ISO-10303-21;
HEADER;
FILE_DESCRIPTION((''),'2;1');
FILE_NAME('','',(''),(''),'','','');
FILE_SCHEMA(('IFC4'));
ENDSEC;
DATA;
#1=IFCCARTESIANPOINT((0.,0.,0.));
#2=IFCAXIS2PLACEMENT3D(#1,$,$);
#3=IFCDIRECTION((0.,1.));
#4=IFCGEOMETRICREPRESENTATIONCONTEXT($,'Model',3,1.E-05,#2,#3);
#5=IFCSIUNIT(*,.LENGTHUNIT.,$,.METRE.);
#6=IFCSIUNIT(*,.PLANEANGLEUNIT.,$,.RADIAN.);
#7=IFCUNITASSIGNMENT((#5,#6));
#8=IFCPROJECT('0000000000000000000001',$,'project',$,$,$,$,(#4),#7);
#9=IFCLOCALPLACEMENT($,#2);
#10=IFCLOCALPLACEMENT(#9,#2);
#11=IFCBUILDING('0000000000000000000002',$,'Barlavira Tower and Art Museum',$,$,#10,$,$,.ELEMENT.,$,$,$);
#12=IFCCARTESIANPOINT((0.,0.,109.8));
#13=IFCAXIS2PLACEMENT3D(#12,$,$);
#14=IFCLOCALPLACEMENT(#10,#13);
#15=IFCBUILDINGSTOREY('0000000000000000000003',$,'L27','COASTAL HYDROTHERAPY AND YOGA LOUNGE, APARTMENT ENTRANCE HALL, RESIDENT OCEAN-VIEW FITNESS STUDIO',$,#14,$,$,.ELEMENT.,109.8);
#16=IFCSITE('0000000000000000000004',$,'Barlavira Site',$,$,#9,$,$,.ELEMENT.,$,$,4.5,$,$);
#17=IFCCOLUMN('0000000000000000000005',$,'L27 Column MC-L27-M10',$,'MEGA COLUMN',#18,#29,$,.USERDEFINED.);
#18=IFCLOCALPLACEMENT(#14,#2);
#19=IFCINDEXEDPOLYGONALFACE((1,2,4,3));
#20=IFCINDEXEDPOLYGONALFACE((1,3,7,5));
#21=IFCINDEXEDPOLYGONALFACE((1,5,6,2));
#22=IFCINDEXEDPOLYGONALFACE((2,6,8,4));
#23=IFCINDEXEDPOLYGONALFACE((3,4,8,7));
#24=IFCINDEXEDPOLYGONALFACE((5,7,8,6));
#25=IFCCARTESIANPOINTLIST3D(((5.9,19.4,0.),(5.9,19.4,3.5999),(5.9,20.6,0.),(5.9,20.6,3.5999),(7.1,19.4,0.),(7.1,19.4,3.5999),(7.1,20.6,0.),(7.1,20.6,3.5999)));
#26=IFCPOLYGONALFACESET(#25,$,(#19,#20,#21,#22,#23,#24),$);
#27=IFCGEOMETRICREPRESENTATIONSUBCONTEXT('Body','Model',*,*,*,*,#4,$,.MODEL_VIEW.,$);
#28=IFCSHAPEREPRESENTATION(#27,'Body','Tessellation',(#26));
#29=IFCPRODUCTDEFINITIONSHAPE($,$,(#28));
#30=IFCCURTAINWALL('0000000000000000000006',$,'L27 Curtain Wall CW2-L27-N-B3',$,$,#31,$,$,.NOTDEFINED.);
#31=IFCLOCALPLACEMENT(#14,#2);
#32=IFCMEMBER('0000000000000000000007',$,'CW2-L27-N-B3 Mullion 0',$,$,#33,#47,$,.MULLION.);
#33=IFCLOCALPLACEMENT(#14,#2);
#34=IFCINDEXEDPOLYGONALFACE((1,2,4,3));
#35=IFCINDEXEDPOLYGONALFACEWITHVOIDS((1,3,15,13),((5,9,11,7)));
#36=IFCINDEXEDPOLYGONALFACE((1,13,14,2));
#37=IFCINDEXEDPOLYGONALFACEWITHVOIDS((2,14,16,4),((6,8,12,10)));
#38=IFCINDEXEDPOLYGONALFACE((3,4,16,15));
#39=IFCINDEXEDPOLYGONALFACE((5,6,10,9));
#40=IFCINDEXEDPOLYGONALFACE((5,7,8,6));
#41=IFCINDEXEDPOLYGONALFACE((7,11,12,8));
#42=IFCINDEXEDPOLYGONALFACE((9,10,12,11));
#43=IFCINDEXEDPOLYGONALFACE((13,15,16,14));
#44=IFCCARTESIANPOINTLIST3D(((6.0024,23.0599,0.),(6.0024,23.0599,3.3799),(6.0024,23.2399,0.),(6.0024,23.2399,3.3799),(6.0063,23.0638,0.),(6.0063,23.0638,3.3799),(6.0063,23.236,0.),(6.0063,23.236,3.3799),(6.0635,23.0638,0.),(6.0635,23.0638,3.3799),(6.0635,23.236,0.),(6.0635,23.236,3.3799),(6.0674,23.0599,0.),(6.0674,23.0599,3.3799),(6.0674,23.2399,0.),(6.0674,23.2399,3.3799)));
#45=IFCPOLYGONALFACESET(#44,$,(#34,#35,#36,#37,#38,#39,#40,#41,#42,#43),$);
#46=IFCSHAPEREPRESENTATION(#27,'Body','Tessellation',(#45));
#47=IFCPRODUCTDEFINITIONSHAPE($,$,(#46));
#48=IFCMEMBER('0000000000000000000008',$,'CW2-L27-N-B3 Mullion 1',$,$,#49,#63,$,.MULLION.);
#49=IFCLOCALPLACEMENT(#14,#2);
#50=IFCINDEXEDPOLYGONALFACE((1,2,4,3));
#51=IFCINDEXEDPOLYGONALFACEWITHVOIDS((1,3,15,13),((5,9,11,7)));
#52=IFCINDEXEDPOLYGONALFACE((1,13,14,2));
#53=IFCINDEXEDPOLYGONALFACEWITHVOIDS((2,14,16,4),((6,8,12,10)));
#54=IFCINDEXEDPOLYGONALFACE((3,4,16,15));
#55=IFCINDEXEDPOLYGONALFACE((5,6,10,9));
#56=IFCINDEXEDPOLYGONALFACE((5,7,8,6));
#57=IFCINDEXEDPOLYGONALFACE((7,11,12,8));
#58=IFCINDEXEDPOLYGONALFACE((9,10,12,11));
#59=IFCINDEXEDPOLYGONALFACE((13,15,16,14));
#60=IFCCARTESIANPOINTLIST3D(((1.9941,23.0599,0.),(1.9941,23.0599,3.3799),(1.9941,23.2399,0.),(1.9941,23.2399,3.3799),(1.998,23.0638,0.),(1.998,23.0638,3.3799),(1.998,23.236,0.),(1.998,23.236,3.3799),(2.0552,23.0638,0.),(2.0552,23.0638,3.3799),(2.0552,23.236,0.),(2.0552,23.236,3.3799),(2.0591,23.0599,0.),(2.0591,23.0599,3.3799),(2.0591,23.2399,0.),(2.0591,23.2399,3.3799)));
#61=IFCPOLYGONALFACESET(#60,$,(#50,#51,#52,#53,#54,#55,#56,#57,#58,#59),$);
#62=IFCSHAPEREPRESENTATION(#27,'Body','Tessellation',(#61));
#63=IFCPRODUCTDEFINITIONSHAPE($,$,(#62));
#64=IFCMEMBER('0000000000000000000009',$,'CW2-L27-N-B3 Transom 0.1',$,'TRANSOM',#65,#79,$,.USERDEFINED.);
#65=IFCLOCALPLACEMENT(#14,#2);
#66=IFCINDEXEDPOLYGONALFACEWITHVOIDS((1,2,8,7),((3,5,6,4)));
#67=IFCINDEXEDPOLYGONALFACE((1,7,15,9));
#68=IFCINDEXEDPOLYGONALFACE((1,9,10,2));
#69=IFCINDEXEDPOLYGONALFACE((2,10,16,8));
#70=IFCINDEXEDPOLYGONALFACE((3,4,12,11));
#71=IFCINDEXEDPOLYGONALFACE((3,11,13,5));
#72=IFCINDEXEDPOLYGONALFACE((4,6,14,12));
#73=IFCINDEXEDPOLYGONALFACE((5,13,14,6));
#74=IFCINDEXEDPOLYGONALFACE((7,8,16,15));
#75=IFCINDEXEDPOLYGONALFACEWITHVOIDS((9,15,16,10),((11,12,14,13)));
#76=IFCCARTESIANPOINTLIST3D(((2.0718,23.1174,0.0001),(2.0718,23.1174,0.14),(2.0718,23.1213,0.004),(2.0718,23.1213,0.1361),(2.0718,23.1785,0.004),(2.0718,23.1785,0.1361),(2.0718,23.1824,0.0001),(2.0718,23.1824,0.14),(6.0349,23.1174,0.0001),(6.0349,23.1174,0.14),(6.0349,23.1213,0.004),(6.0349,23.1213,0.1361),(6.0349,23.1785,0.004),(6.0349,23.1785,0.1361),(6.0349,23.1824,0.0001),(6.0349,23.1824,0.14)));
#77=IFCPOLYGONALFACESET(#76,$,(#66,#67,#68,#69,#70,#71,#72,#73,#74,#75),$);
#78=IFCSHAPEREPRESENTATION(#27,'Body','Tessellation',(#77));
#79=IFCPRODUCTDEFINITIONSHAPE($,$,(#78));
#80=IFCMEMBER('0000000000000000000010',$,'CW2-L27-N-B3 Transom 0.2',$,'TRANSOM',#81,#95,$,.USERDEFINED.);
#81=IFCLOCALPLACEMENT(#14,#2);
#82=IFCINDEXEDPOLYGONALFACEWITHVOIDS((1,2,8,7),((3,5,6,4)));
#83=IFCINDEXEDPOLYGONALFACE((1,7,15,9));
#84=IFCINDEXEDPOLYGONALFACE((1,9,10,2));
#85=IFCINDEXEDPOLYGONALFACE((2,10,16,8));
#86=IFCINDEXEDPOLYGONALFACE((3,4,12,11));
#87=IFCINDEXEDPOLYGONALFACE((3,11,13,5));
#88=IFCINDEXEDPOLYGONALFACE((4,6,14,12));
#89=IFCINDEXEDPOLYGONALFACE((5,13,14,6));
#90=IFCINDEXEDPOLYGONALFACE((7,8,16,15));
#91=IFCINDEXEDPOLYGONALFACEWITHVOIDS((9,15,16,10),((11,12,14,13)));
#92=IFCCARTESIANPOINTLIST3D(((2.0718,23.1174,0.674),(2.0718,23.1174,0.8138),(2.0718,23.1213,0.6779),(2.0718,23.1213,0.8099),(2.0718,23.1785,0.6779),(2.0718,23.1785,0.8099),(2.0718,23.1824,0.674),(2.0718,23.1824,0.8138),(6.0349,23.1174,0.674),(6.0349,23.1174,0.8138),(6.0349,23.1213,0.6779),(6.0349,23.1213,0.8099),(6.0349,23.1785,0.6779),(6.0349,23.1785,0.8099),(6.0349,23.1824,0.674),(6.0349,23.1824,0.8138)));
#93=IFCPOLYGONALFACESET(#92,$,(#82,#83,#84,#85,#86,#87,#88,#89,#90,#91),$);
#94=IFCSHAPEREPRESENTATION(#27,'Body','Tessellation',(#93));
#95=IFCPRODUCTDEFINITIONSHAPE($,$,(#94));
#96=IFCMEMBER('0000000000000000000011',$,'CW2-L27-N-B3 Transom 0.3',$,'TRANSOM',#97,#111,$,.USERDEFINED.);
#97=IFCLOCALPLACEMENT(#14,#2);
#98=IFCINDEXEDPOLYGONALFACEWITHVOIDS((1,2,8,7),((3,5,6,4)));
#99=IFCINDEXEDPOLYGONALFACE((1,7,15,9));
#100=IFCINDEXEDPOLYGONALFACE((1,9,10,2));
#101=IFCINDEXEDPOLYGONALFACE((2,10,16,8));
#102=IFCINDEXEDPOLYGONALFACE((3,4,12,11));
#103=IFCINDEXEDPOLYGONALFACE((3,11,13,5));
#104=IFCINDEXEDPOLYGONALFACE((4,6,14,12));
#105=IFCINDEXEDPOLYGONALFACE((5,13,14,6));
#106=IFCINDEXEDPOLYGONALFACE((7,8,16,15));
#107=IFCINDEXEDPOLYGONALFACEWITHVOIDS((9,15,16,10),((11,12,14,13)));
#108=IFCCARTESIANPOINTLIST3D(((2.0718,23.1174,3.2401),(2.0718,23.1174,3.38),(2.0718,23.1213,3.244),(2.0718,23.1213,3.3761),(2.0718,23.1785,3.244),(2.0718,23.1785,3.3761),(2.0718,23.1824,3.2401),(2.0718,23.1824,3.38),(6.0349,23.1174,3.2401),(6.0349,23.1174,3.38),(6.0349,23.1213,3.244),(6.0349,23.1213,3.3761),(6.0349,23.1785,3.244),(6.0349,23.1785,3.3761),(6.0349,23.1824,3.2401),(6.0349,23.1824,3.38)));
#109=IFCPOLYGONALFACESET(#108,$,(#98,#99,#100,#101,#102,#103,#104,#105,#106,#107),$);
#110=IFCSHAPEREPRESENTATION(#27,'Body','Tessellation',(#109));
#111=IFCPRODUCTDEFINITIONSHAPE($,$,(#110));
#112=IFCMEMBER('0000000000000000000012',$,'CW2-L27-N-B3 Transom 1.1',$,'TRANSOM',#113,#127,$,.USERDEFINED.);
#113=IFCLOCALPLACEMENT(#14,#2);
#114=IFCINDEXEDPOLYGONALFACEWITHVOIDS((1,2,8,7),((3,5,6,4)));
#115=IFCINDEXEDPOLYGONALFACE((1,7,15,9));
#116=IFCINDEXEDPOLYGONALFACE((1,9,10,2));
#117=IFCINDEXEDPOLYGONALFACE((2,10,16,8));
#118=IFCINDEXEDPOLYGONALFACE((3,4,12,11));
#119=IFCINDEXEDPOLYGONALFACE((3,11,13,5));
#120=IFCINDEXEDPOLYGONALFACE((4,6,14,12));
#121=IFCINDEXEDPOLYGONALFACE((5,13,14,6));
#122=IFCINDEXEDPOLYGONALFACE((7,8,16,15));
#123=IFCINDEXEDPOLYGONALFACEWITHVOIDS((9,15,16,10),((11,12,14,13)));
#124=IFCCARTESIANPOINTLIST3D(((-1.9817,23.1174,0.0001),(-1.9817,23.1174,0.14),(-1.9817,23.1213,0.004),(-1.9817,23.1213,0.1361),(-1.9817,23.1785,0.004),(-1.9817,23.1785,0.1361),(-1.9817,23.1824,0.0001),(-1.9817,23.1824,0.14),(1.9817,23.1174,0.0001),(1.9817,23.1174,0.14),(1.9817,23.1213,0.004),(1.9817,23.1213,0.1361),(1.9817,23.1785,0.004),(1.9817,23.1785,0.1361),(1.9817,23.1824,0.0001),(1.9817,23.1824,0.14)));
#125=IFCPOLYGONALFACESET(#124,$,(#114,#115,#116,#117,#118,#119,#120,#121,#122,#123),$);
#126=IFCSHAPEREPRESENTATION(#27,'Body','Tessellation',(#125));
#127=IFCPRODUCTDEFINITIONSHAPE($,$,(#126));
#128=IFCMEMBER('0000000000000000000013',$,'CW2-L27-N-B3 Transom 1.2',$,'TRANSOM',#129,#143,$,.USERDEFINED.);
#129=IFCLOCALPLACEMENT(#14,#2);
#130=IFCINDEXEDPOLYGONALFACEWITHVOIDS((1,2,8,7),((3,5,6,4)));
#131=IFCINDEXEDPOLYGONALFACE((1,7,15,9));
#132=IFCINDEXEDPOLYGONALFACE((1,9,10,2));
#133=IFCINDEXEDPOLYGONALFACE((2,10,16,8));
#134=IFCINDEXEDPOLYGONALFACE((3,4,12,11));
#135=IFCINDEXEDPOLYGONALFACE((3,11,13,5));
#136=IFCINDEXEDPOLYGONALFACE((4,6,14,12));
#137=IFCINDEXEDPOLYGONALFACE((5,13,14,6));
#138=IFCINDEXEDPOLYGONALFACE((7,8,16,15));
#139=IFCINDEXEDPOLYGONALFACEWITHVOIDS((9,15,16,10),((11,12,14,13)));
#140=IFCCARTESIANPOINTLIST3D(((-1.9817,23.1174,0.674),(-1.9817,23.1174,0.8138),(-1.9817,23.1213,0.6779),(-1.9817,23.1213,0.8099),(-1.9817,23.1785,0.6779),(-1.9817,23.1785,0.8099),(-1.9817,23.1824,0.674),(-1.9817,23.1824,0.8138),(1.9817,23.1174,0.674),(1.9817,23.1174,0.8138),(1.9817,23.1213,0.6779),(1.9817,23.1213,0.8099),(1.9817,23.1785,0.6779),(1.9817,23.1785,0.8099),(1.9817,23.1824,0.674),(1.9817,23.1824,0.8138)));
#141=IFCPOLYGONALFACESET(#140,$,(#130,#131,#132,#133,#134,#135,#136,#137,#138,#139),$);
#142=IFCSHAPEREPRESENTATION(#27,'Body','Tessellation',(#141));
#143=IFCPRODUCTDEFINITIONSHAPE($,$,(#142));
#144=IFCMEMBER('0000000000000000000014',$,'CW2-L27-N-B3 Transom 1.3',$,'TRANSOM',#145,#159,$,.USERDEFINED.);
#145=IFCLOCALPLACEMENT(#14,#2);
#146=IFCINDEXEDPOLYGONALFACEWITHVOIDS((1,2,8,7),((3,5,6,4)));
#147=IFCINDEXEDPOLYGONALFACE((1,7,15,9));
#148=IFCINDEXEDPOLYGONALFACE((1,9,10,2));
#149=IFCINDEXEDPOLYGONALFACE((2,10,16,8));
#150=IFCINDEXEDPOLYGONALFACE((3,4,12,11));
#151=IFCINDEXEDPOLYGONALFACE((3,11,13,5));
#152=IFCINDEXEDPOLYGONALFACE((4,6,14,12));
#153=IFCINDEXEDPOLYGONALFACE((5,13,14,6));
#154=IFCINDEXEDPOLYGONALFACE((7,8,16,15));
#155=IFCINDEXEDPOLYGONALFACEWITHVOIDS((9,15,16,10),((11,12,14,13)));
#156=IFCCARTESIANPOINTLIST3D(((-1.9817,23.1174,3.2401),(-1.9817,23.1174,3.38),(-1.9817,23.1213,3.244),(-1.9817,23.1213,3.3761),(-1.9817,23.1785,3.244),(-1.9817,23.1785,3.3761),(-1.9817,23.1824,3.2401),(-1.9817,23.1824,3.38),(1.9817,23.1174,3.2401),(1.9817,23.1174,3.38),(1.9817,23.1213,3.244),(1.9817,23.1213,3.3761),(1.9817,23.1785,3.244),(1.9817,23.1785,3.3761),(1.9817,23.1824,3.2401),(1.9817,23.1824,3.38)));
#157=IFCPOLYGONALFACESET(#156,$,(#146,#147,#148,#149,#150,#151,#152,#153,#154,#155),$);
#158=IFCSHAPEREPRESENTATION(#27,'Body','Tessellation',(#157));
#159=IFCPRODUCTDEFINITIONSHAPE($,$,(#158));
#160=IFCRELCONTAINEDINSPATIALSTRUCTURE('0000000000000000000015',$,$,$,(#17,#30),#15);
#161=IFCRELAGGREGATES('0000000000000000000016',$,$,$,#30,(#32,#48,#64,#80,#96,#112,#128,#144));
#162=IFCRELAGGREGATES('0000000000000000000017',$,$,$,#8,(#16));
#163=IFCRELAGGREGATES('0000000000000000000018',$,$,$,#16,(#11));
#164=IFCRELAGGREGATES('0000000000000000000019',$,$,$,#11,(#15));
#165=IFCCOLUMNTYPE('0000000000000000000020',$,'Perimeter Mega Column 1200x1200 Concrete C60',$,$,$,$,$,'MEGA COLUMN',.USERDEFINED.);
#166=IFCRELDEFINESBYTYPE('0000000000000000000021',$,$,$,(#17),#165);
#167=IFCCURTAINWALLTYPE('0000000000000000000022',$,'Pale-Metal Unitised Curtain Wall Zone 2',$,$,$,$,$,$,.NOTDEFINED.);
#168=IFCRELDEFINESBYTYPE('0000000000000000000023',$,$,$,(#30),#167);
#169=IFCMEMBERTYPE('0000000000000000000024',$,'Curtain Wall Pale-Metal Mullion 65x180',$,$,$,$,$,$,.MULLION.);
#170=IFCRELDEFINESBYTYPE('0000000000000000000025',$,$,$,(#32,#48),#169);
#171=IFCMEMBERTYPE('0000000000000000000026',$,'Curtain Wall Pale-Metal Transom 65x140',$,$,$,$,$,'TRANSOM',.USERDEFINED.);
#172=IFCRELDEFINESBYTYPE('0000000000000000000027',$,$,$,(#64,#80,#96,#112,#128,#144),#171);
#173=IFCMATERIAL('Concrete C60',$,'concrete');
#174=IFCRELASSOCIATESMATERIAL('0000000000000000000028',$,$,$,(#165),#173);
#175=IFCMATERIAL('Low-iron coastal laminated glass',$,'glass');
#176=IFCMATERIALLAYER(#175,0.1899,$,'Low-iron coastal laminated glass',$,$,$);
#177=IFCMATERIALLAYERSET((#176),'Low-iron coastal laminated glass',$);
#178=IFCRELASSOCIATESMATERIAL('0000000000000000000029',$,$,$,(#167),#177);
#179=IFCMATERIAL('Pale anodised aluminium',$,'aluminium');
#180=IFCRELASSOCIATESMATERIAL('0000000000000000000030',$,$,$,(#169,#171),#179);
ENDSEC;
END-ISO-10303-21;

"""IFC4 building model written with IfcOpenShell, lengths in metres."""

from ifc_helpers import new_model, si_unit, direction, frame, origin, origin_2d, place, context, subcontext, project, spatial, rectangle, hollow_rectangle, extrude, material, layer, layer_set, material_profile, profile_set, type_object, element, aggregate, save


model = new_model("IFC4")

# Units and contexts
model_context = context("Model", 3, precision=1e-05, world=origin(), true_north=direction((0.0, 1.0)))
body_context = subcontext(model_context, "Body", "Model", "MODEL_VIEW")
ifc_project = project(units=[si_unit("LENGTHUNIT", "METRE"), si_unit("PLANEANGLEUNIT", "RADIAN")], contexts=[model_context])

# Site, building, storey
site_placement = place(None, origin())
site = spatial("IfcSite", under=ifc_project, at=site_placement, Name="Barlavira Site", CompositionType="ELEMENT", RefElevation=4.5)
building_placement = place(site_placement, origin())
building = spatial("IfcBuilding", under=site, at=building_placement, Name="Barlavira Tower and Art Museum", CompositionType="ELEMENT")
storey_placement = place(building_placement, frame((0.0, 0.0, 109.8)))
storey = spatial("IfcBuildingStorey", under=building, at=storey_placement, Name="L27", Description="COASTAL HYDROTHERAPY AND YOGA LOUNGE, APARTMENT ENTRANCE HALL, RESIDENT OCEAN-VIEW FITNESS STUDIO", CompositionType="ELEMENT", Elevation=109.8)

# Column
ifc_material_1 = material(Name="Concrete C60", Category="concrete")
ifc_material_profile_1 = material_profile(ifc_material_1, rectangle(XDim=1.2, YDim=1.2, at=origin_2d()), Name="RC-COL 1200x1200")
ifc_profile_set_1 = profile_set([ifc_material_profile_1], Name="Concrete C60")
column_type = type_object("IfcColumnType", Name="Perimeter Mega Column 1200x1200 Concrete C60", ElementType="MEGA COLUMN", PredefinedType="USERDEFINED", material=ifc_profile_set_1)
column_placement = place(storey_placement, frame((6.5, 20.0, 0.0), z_axis=(0.0, 0.0, 1.0), x_axis=(1.0, 0.0, 0.0)))
element("IfcColumn", 1, at=column_placement, inside=storey, type_object=column_type, Name="L27 Column MC-L27-M10", ObjectType="MEGA COLUMN", PredefinedType="USERDEFINED", context=body_context, shape_type="SweptSolid", body=[
    extrude(rectangle(XDim=1.2, YDim=1.2, at=origin_2d()), origin(), (0.0, 0.0, 1.0), 3.5999),
])

# Curtain wall, members
ifc_material_2 = material(Name="Low-iron coastal laminated glass", Category="glass")
ifc_layer_1 = layer(ifc_material_2, 0.1899, Name="Low-iron coastal laminated glass")
ifc_layer_set_1 = layer_set([ifc_layer_1], Name="Low-iron coastal laminated glass")
curtain_wall_type = type_object("IfcCurtainWallType", Name="Pale-Metal Unitised Curtain Wall Zone 2", PredefinedType="NOTDEFINED", material=ifc_layer_set_1)
curtain_wall_placement = place(storey_placement, origin())
curtain_wall = element("IfcCurtainWall", 2, at=curtain_wall_placement, inside=storey, type_object=curtain_wall_type, Name="L27 Curtain Wall CW2-L27-N-B3", PredefinedType="NOTDEFINED")
ifc_material_3 = material(Name="Pale anodised aluminium", Category="aluminium")
ifc_material_profile_2 = material_profile(ifc_material_3, hollow_rectangle(XDim=0.0649, YDim=0.1799, WallThickness=0.0039, at=origin_2d()), Name="ALU-MULL 65x180x4")
ifc_profile_set_2 = profile_set([ifc_material_profile_2], Name="Pale anodised aluminium")
member_type_1 = type_object("IfcMemberType", Name="Curtain Wall Pale-Metal Mullion 65x180", PredefinedType="MULLION", material=ifc_profile_set_2)
member_1_placement = place(storey_placement, frame((6.0349, 23.1499, 0.0), z_axis=(0.0, 0.0, 1.0), x_axis=(-1.0, 0.0, 0.0)))
member_1 = element("IfcMember", 3, at=member_1_placement, type_object=member_type_1, Name="CW2-L27-N-B3 Mullion 0", PredefinedType="MULLION", context=body_context, shape_type="SweptSolid", body=[
    extrude(hollow_rectangle(XDim=0.0649, YDim=0.1799, WallThickness=0.0039, at=origin_2d()), origin(), (0.0, 0.0, 1.0), 3.3799),
])
member_2_placement = place(storey_placement, frame((2.0266, 23.1499, 0.0), z_axis=(0.0, 0.0, 1.0), x_axis=(-1.0, 0.0, 0.0)))
member_2 = element("IfcMember", 4, at=member_2_placement, type_object=member_type_1, Name="CW2-L27-N-B3 Mullion 1", PredefinedType="MULLION", context=body_context, shape_type="SweptSolid", body=[
    extrude(hollow_rectangle(XDim=0.0649, YDim=0.1799, WallThickness=0.0039, at=origin_2d()), origin(), (0.0, 0.0, 1.0), 3.3799),
])
ifc_material_profile_3 = material_profile(ifc_material_3, hollow_rectangle(XDim=0.0649, YDim=0.1399, WallThickness=0.0039, at=origin_2d()), Name="ALU-TRAN 65x140x4")
ifc_profile_set_3 = profile_set([ifc_material_profile_3], Name="Pale anodised aluminium")
member_type_2 = type_object("IfcMemberType", Name="Curtain Wall Pale-Metal Transom 65x140", ElementType="TRANSOM", PredefinedType="USERDEFINED", material=ifc_profile_set_3)
member_3_placement = place(storey_placement, frame((6.0349, 23.1499, 0.0701), z_axis=(-1.0, 0.0, 0.0), x_axis=(0.0, -1.0, 0.0)))
member_3 = element("IfcMember", 5, at=member_3_placement, type_object=member_type_2, Name="CW2-L27-N-B3 Transom 0.1", ObjectType="TRANSOM", PredefinedType="USERDEFINED", context=body_context, shape_type="SweptSolid", body=[
    extrude(hollow_rectangle(XDim=0.0649, YDim=0.1399, WallThickness=0.0039, at=origin_2d()), origin(), (0.0, 0.0, 1.0), 3.9631),
])
member_4_placement = place(storey_placement, frame((6.0349, 23.1499, 0.7439), z_axis=(-1.0, 0.0, 0.0), x_axis=(0.0, -1.0, 0.0)))
member_4 = element("IfcMember", 6, at=member_4_placement, type_object=member_type_2, Name="CW2-L27-N-B3 Transom 0.2", ObjectType="TRANSOM", PredefinedType="USERDEFINED", context=body_context, shape_type="SweptSolid", body=[
    extrude(hollow_rectangle(XDim=0.0649, YDim=0.1399, WallThickness=0.0039, at=origin_2d()), origin(), (0.0, 0.0, 1.0), 3.9631),
])
member_5_placement = place(storey_placement, frame((6.0349, 23.1499, 3.3101), z_axis=(-1.0, 0.0, 0.0), x_axis=(0.0, -1.0, 0.0)))
member_5 = element("IfcMember", 7, at=member_5_placement, type_object=member_type_2, Name="CW2-L27-N-B3 Transom 0.3", ObjectType="TRANSOM", PredefinedType="USERDEFINED", context=body_context, shape_type="SweptSolid", body=[
    extrude(hollow_rectangle(XDim=0.0649, YDim=0.1399, WallThickness=0.0039, at=origin_2d()), origin(), (0.0, 0.0, 1.0), 3.9631),
])
member_6_placement = place(storey_placement, frame((1.9817, 23.1499, 0.0701), z_axis=(-1.0, 0.0, 0.0), x_axis=(0.0, -1.0, 0.0)))
member_6 = element("IfcMember", 8, at=member_6_placement, type_object=member_type_2, Name="CW2-L27-N-B3 Transom 1.1", ObjectType="TRANSOM", PredefinedType="USERDEFINED", context=body_context, shape_type="SweptSolid", body=[
    extrude(hollow_rectangle(XDim=0.0649, YDim=0.1399, WallThickness=0.0039, at=origin_2d()), origin(), (0.0, 0.0, 1.0), 3.9634),
])
member_7_placement = place(storey_placement, frame((1.9817, 23.1499, 0.7439), z_axis=(-1.0, 0.0, 0.0), x_axis=(0.0, -1.0, 0.0)))
member_7 = element("IfcMember", 9, at=member_7_placement, type_object=member_type_2, Name="CW2-L27-N-B3 Transom 1.2", ObjectType="TRANSOM", PredefinedType="USERDEFINED", context=body_context, shape_type="SweptSolid", body=[
    extrude(hollow_rectangle(XDim=0.0649, YDim=0.1399, WallThickness=0.0039, at=origin_2d()), origin(), (0.0, 0.0, 1.0), 3.9634),
])
member_8_placement = place(storey_placement, frame((1.9817, 23.1499, 3.3101), z_axis=(-1.0, 0.0, 0.0), x_axis=(0.0, -1.0, 0.0)))
member_8 = element("IfcMember", 10, at=member_8_placement, type_object=member_type_2, Name="CW2-L27-N-B3 Transom 1.3", ObjectType="TRANSOM", PredefinedType="USERDEFINED", context=body_context, shape_type="SweptSolid", body=[
    extrude(hollow_rectangle(XDim=0.0649, YDim=0.1399, WallThickness=0.0039, at=origin_2d()), origin(), (0.0, 0.0, 1.0), 3.9634),
])

aggregate(curtain_wall, [member_1, member_2, member_3, member_4, member_5, member_6, member_7, member_8])

save(model, "model.ifc")
